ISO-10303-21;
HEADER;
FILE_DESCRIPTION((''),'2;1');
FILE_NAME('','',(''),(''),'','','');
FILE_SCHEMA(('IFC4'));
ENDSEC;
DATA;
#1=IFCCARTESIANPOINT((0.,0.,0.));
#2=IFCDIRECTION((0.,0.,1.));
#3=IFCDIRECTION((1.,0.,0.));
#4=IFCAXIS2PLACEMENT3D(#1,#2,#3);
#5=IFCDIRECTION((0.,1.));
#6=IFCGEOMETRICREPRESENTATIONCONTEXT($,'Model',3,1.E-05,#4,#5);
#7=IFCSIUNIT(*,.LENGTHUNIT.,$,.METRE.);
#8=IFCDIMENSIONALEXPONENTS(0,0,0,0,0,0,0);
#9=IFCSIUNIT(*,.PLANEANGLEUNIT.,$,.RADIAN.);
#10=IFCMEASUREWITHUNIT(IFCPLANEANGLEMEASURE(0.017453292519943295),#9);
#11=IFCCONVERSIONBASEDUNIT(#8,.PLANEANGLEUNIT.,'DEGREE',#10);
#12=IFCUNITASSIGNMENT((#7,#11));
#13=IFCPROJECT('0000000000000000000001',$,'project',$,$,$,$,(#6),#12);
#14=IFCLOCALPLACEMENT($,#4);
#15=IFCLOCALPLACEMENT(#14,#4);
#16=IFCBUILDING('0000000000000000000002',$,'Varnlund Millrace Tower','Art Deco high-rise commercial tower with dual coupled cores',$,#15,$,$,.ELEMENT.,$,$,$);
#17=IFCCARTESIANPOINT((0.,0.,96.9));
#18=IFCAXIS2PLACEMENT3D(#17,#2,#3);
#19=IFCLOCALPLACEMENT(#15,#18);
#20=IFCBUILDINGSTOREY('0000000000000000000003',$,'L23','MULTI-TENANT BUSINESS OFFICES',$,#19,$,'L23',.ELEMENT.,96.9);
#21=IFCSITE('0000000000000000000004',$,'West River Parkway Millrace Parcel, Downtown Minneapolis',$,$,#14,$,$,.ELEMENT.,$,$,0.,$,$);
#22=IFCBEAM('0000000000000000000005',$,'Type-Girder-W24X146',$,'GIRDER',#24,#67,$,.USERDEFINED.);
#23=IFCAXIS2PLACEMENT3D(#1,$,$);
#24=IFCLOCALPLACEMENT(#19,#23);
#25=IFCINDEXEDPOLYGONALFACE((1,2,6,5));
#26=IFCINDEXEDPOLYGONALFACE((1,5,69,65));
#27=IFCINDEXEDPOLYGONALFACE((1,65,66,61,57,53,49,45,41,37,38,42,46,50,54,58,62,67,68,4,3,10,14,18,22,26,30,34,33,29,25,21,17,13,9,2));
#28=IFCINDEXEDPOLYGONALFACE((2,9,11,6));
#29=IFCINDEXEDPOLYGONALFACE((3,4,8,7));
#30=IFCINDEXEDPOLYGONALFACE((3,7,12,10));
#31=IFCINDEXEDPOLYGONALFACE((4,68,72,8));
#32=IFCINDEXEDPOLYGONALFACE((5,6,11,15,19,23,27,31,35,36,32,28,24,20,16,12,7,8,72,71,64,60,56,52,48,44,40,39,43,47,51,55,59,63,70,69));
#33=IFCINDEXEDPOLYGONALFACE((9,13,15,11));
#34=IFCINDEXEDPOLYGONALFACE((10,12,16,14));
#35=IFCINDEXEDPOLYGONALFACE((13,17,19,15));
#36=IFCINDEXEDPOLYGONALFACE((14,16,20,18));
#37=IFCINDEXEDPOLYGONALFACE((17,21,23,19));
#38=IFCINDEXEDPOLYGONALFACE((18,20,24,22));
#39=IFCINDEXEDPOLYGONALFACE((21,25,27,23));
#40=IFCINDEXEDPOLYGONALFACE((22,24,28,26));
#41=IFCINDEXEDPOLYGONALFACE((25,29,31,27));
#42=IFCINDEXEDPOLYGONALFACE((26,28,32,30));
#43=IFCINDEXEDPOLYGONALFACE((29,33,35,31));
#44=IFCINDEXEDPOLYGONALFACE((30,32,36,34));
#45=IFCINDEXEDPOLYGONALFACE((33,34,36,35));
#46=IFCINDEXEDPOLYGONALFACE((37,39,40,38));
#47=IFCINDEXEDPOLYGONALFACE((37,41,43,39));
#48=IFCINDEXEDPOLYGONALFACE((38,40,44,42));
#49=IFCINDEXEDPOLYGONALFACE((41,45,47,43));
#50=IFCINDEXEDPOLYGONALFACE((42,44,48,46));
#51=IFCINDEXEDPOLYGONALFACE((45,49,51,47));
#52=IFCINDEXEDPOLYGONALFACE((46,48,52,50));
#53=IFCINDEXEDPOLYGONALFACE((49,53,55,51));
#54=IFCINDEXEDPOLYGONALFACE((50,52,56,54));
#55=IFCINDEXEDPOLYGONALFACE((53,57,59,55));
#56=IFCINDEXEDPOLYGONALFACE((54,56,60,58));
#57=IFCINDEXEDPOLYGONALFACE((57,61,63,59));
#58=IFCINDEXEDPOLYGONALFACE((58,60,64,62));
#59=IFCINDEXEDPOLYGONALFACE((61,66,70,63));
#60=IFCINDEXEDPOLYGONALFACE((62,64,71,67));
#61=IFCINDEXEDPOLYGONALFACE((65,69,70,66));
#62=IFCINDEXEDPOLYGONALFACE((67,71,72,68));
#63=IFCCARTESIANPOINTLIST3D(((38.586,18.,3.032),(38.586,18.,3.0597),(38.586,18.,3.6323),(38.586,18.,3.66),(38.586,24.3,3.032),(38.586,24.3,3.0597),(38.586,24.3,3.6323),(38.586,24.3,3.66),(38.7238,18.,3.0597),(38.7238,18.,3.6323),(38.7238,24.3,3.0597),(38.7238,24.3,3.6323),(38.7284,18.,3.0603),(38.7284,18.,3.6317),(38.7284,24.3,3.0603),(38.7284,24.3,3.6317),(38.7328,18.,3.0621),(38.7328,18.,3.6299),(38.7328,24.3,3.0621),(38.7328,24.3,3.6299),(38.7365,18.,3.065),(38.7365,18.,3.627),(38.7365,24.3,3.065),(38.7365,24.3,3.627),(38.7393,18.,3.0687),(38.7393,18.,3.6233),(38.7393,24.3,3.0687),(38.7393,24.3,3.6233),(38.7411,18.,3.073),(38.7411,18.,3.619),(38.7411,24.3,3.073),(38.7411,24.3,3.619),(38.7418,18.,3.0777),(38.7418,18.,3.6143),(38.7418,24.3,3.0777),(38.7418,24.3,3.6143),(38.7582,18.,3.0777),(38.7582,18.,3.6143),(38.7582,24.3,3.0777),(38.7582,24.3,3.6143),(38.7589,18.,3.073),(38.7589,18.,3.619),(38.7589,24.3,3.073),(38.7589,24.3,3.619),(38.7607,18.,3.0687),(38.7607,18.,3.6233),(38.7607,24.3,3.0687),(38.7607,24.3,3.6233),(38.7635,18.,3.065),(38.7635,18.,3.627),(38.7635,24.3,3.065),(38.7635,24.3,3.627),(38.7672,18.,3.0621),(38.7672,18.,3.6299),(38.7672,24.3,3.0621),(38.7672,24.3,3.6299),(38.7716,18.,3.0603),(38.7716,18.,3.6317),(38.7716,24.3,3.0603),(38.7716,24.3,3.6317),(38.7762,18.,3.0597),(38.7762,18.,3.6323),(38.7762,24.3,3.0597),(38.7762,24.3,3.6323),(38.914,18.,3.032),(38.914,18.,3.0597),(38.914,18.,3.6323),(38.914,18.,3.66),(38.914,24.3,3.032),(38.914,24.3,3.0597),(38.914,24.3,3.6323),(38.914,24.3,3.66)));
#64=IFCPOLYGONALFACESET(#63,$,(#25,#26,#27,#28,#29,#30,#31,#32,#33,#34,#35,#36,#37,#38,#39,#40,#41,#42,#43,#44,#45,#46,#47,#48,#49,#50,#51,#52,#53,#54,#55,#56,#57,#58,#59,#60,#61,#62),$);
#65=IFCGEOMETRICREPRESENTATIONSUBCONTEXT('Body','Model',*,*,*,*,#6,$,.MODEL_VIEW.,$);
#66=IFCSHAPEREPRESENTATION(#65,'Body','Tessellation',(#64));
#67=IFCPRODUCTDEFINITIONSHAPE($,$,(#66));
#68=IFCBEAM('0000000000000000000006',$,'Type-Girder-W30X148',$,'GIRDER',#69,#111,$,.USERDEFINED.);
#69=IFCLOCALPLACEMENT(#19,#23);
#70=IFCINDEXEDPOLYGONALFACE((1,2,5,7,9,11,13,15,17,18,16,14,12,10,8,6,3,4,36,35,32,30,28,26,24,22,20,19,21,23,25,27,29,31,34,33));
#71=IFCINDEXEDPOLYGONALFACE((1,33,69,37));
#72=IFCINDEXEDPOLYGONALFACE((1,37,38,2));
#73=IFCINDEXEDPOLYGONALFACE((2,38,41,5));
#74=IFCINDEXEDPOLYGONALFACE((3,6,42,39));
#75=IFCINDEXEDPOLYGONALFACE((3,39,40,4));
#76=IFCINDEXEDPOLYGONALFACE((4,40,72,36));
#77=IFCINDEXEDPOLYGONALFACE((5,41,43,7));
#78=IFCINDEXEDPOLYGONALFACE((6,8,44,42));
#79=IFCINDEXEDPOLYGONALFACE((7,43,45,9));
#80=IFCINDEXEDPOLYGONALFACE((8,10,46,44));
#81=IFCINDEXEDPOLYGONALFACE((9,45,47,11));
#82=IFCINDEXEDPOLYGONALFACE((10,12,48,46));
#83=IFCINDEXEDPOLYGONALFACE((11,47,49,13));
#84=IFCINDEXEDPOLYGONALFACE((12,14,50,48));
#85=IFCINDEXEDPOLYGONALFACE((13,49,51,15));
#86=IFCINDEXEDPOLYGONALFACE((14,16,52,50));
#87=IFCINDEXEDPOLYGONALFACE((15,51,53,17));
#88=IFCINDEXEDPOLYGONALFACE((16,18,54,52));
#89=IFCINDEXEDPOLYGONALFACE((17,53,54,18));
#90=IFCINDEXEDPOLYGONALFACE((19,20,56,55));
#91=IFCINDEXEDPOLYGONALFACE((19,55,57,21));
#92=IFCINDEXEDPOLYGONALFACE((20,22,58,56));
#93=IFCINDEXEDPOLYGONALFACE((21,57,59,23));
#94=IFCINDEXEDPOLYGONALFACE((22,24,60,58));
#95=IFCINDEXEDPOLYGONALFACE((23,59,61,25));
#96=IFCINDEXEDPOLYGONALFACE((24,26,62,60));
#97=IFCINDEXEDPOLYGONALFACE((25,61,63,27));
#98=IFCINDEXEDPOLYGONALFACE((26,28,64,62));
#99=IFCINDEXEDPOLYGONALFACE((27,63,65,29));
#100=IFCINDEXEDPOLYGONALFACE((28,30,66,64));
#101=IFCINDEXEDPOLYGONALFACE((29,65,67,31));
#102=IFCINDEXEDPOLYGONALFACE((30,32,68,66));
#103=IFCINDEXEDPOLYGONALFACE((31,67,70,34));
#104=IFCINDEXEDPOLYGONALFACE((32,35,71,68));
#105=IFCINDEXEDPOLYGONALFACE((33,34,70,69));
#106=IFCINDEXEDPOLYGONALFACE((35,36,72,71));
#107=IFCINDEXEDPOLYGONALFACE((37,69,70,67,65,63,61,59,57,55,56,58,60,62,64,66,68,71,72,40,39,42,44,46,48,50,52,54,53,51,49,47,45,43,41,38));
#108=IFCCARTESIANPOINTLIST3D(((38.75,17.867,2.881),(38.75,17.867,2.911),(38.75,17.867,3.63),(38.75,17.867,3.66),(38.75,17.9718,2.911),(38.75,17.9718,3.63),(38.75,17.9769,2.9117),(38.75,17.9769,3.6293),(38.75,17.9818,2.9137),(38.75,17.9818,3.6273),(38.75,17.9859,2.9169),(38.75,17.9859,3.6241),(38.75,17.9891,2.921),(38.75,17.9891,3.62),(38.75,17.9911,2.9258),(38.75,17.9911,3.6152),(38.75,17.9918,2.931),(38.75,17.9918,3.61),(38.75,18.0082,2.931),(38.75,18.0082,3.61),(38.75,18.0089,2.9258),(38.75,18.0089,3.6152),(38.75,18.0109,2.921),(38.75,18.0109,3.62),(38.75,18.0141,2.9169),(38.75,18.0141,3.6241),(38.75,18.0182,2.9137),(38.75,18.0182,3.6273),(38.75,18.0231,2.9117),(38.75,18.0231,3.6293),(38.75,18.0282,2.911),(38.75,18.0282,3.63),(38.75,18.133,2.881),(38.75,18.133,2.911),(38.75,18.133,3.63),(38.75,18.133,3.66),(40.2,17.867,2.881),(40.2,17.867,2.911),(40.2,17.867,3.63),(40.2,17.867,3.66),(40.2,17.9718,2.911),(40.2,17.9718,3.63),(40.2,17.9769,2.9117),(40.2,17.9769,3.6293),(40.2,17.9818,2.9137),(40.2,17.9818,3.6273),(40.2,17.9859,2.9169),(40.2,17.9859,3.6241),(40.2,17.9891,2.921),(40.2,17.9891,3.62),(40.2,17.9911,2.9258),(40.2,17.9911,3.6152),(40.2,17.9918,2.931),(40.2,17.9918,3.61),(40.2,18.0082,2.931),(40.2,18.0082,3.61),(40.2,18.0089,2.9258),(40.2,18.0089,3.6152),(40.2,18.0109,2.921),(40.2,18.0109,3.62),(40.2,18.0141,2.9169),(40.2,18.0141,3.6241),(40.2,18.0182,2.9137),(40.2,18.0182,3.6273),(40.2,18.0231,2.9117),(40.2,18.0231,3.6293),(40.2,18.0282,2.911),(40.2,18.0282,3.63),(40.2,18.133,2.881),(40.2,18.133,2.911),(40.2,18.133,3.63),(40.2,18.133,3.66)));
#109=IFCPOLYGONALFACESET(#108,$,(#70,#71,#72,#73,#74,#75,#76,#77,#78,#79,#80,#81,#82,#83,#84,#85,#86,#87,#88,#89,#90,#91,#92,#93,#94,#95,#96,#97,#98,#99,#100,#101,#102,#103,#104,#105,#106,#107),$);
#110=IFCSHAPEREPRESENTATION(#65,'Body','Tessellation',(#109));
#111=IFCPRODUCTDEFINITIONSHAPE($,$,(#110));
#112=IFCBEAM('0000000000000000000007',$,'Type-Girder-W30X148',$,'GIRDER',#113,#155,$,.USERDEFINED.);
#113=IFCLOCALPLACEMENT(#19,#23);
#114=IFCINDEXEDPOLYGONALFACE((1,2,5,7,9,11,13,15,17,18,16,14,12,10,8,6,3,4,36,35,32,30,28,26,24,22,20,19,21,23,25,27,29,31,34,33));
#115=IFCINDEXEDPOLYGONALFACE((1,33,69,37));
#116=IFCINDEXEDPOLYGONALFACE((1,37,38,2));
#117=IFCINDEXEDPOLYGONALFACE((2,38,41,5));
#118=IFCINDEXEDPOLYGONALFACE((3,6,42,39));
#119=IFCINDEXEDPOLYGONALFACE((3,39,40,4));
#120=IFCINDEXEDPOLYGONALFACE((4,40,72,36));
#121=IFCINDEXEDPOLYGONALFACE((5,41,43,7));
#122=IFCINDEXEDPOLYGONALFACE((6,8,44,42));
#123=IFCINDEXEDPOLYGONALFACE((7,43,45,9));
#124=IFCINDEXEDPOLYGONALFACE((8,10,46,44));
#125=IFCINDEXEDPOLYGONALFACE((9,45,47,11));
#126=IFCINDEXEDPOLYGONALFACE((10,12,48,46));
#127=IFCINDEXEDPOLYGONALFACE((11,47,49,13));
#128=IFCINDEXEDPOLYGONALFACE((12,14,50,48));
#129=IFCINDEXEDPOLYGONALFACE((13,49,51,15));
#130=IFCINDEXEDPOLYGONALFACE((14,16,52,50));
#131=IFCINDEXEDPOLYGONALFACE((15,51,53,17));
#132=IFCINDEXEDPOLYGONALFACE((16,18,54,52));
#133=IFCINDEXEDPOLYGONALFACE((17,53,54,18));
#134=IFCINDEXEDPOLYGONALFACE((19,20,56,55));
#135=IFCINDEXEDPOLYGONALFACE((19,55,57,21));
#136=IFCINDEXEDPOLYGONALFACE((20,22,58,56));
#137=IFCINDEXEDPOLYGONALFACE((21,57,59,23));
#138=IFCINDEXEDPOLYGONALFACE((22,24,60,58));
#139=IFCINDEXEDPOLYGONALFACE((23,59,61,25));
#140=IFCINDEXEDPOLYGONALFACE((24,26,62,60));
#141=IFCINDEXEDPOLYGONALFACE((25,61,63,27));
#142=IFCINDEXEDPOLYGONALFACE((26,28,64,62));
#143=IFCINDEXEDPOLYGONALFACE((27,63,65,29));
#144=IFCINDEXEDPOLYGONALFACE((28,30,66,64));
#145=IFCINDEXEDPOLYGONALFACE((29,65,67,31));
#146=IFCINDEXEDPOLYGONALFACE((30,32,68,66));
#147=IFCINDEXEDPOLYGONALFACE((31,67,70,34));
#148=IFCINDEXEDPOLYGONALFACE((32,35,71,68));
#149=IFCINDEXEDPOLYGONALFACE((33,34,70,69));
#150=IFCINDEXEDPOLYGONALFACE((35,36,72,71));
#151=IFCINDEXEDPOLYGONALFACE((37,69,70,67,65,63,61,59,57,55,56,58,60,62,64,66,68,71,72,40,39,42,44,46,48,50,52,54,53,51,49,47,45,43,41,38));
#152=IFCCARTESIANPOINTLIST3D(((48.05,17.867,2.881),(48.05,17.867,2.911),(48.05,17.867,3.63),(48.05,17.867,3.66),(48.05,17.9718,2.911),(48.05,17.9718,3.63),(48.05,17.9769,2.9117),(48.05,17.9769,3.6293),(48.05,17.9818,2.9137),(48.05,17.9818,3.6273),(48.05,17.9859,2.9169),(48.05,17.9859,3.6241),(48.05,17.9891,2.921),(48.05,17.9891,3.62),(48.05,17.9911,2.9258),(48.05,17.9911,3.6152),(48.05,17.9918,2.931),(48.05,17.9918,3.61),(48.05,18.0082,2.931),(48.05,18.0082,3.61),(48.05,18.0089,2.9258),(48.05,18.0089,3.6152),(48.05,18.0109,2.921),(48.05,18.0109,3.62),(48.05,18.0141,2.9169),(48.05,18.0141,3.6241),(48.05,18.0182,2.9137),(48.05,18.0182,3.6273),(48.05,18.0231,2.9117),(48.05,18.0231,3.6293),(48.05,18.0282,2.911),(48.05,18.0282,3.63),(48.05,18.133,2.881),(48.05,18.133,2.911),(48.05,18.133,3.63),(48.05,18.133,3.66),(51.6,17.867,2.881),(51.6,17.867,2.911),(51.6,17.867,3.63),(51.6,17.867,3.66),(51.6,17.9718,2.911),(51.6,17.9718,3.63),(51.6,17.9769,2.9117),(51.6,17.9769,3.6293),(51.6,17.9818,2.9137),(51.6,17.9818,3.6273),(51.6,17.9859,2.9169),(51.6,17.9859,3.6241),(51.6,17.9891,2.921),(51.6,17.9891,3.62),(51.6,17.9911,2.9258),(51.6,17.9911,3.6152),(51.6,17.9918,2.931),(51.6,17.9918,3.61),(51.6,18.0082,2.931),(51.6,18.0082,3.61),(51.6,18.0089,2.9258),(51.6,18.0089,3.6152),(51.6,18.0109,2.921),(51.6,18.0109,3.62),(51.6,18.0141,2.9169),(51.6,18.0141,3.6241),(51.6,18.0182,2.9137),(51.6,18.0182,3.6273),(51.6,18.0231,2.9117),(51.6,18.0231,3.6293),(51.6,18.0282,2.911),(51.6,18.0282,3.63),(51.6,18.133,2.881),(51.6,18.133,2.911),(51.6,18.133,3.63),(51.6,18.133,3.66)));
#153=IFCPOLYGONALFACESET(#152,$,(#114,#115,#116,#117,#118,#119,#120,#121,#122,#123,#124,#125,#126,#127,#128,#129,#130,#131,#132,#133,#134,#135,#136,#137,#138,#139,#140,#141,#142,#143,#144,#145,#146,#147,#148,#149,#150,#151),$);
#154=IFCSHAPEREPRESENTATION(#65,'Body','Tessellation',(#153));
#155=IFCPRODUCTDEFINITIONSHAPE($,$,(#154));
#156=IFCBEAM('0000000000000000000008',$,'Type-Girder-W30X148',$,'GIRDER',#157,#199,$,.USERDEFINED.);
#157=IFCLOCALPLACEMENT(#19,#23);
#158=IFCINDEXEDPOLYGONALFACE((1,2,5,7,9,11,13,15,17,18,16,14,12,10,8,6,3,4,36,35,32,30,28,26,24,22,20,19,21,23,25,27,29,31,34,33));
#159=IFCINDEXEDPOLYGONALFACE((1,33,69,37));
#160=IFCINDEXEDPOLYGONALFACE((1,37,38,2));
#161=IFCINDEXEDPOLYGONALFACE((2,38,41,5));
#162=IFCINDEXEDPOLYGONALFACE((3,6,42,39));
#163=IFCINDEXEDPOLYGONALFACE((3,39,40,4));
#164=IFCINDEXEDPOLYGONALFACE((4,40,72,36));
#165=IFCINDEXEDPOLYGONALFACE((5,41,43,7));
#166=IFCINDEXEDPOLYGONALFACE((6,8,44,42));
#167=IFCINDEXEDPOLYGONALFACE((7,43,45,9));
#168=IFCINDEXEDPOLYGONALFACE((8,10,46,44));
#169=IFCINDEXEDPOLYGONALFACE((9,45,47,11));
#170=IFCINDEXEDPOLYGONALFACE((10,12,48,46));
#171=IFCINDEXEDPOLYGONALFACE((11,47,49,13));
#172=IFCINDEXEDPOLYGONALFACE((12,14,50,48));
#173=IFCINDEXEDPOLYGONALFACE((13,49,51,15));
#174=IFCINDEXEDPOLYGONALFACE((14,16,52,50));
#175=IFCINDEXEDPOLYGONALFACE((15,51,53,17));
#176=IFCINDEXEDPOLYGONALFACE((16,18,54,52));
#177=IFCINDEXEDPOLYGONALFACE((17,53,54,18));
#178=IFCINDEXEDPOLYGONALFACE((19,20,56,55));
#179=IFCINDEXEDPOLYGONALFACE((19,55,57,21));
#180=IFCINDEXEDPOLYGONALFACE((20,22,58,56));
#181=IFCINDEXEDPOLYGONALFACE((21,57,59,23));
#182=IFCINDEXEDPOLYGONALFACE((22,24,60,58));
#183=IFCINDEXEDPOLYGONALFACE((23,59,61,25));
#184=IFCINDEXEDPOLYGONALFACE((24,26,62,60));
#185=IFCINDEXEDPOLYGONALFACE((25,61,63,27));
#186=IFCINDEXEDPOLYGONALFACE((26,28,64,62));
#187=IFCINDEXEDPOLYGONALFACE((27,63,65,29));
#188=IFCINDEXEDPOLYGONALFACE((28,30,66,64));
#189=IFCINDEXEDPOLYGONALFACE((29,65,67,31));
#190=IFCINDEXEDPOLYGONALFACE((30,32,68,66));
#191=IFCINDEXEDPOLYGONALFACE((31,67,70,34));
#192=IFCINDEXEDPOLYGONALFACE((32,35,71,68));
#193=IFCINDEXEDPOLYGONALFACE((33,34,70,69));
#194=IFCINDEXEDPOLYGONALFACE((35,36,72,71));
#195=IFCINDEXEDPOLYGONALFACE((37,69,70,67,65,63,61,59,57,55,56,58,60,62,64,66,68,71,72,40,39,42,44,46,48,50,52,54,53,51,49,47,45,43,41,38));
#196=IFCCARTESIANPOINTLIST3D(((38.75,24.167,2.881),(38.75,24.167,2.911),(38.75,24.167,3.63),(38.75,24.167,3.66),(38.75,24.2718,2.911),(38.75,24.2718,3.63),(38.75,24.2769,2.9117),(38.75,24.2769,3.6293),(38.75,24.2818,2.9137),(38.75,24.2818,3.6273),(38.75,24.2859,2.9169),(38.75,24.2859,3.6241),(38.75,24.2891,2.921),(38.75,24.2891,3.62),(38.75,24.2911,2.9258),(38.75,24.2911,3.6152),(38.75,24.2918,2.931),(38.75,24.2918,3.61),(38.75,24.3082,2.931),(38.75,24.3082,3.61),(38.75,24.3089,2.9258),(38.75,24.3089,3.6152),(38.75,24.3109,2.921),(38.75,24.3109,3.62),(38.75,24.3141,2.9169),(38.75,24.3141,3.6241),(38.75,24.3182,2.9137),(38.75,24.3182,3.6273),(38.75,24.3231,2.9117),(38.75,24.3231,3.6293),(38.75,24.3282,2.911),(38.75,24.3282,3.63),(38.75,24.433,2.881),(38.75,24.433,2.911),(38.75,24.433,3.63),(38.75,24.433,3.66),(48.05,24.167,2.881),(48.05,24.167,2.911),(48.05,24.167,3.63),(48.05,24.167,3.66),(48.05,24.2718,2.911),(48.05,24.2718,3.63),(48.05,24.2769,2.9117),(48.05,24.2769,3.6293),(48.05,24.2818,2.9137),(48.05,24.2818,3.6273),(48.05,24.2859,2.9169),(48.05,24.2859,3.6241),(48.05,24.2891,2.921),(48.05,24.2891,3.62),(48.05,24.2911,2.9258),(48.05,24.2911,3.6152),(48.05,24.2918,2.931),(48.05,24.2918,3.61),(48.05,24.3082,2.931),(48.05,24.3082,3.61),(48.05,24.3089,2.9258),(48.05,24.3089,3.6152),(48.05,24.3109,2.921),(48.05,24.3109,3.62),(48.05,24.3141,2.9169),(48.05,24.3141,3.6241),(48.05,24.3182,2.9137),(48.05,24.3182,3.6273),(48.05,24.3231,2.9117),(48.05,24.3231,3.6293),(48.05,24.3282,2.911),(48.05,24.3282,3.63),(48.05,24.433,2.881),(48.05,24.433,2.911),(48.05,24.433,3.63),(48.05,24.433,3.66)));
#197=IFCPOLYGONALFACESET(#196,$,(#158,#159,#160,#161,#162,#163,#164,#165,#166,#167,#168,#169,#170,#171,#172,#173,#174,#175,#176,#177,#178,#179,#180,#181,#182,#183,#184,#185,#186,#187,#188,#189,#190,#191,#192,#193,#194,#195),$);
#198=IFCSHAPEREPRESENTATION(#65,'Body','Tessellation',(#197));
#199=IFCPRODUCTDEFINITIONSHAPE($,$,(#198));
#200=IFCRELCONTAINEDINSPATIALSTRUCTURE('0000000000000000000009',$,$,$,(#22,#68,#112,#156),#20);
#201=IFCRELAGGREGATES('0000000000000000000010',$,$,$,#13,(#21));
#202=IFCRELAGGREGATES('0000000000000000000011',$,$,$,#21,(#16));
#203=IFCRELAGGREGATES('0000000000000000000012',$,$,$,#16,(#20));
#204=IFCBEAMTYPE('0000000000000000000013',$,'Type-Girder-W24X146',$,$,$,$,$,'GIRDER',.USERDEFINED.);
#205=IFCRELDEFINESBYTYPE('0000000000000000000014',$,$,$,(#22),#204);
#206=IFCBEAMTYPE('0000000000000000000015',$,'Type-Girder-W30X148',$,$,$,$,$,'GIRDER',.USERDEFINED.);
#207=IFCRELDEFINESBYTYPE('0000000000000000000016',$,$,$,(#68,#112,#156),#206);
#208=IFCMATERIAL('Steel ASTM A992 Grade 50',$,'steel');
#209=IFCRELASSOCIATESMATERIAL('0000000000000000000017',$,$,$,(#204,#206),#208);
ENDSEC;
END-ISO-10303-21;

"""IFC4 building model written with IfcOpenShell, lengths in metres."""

from ifc_helpers import new_model, entity, si_unit, converted_unit, direction, frame, origin_with_axes, origin_2d_with_axis, place, context, subcontext, project, spatial, i_section, extrude, material, material_profile, profile_set, type_object, element, save


model = new_model("IFC4")

# Units and contexts
model_context = context("Model", 3, precision=1e-05, world=origin_with_axes(), true_north=direction((0.0, 1.0)))
body_context = subcontext(model_context, "Body", "Model", "MODEL_VIEW")
ifc_project = project(units=[si_unit("LENGTHUNIT", "METRE"), converted_unit("PLANEANGLEUNIT", "DEGREE", entity("IfcPlaneAngleMeasure", 0.017453292519943295), si_unit("PLANEANGLEUNIT", "RADIAN"), dimensions=[0, 0, 0, 0, 0, 0, 0])], contexts=[model_context])

# Site, building, storey
site_placement = place(None, origin_with_axes())
site = spatial("IfcSite", under=ifc_project, at=site_placement, Name="West River Parkway Millrace Parcel, Downtown Minneapolis", CompositionType="ELEMENT", RefElevation=0.0)
building_placement = place(site_placement, origin_with_axes())
building = spatial("IfcBuilding", under=site, at=building_placement, Name="Varnlund Millrace Tower", Description="Art Deco high-rise commercial tower with dual coupled cores", CompositionType="ELEMENT")
storey_placement = place(building_placement, frame((0.0, 0.0, 96.9), z_axis=(0.0, 0.0, 1.0), x_axis=(1.0, 0.0, 0.0)))
storey = spatial("IfcBuildingStorey", under=building, at=storey_placement, Name="L23", Description="MULTI-TENANT BUSINESS OFFICES", LongName="L23", CompositionType="ELEMENT", Elevation=96.9)

# Beams
ifc_material_1 = material(Name="Steel ASTM A992 Grade 50", Category="steel")
ifc_material_profile_1 = material_profile(ifc_material_1, i_section(OverallWidth=0.328, OverallDepth=0.628, WebThickness=0.0165, FlangeThickness=0.0277, FilletRadius=0.018, at=origin_2d_with_axis()), Name="Steel ASTM A992 Grade 50")
ifc_profile_set_1 = profile_set([ifc_material_profile_1], Name="Steel ASTM A992 Grade 50")
beam_type_1 = type_object("IfcBeamType", Name="Type-Girder-W24X146", ElementType="GIRDER", PredefinedType="USERDEFINED", material=ifc_profile_set_1)
beam_1_placement = place(storey_placement, frame((38.75, 18.0, 3.346), z_axis=(0.0, 1.0, 0.0), x_axis=(-1.0, 0.0, 0.0)))
element("IfcBeam", 1, at=beam_1_placement, inside=storey, type_object=beam_type_1, Name="Type-Girder-W24X146", ObjectType="GIRDER", PredefinedType="USERDEFINED", context=body_context, shape_type="SweptSolid", body=[
    extrude(i_section(OverallWidth=0.328, OverallDepth=0.628, WebThickness=0.0165, FlangeThickness=0.0277, FilletRadius=0.018, at=origin_2d_with_axis()), origin_with_axes(), (0.0, 0.0, 1.0), 6.3),
])
ifc_material_profile_2 = material_profile(ifc_material_1, i_section(OverallWidth=0.266, OverallDepth=0.779, WebThickness=0.0165, FlangeThickness=0.03, FilletRadius=0.02, at=origin_2d_with_axis()), Name="Steel ASTM A992 Grade 50")
ifc_profile_set_2 = profile_set([ifc_material_profile_2], Name="Steel ASTM A992 Grade 50")
beam_type_2 = type_object("IfcBeamType", Name="Type-Girder-W30X148", ElementType="GIRDER", PredefinedType="USERDEFINED", material=ifc_profile_set_2)
beam_2_placement = place(storey_placement, frame((38.75, 18.0, 3.2705), z_axis=(1.0, 0.0, 0.0), x_axis=(0.0, 1.0, 0.0)))
element("IfcBeam", 2, at=beam_2_placement, inside=storey, type_object=beam_type_2, Name="Type-Girder-W30X148", ObjectType="GIRDER", PredefinedType="USERDEFINED", context=body_context, shape_type="SweptSolid", body=[
    extrude(i_section(OverallWidth=0.266, OverallDepth=0.779, WebThickness=0.0165, FlangeThickness=0.03, FilletRadius=0.02, at=origin_2d_with_axis()), origin_with_axes(), (0.0, 0.0, 1.0), 1.45),
])
beam_3_placement = place(storey_placement, frame((48.05, 18.0, 3.2705), z_axis=(1.0, 0.0, 0.0), x_axis=(0.0, 1.0, 0.0)))
element("IfcBeam", 3, at=beam_3_placement, inside=storey, type_object=beam_type_2, Name="Type-Girder-W30X148", ObjectType="GIRDER", PredefinedType="USERDEFINED", context=body_context, shape_type="SweptSolid", body=[
    extrude(i_section(OverallWidth=0.266, OverallDepth=0.779, WebThickness=0.0165, FlangeThickness=0.03, FilletRadius=0.02, at=origin_2d_with_axis()), origin_with_axes(), (0.0, 0.0, 1.0), 3.55),
])
beam_4_placement = place(storey_placement, frame((38.75, 24.3, 3.2705), z_axis=(1.0, 0.0, 0.0), x_axis=(0.0, 1.0, 0.0)))
element("IfcBeam", 4, at=beam_4_placement, inside=storey, type_object=beam_type_2, Name="Type-Girder-W30X148", ObjectType="GIRDER", PredefinedType="USERDEFINED", context=body_context, shape_type="SweptSolid", body=[
    extrude(i_section(OverallWidth=0.266, OverallDepth=0.779, WebThickness=0.0165, FlangeThickness=0.03, FilletRadius=0.02, at=origin_2d_with_axis()), origin_with_axes(), (0.0, 0.0, 1.0), 9.3),
])

save(model, "model.ifc")
